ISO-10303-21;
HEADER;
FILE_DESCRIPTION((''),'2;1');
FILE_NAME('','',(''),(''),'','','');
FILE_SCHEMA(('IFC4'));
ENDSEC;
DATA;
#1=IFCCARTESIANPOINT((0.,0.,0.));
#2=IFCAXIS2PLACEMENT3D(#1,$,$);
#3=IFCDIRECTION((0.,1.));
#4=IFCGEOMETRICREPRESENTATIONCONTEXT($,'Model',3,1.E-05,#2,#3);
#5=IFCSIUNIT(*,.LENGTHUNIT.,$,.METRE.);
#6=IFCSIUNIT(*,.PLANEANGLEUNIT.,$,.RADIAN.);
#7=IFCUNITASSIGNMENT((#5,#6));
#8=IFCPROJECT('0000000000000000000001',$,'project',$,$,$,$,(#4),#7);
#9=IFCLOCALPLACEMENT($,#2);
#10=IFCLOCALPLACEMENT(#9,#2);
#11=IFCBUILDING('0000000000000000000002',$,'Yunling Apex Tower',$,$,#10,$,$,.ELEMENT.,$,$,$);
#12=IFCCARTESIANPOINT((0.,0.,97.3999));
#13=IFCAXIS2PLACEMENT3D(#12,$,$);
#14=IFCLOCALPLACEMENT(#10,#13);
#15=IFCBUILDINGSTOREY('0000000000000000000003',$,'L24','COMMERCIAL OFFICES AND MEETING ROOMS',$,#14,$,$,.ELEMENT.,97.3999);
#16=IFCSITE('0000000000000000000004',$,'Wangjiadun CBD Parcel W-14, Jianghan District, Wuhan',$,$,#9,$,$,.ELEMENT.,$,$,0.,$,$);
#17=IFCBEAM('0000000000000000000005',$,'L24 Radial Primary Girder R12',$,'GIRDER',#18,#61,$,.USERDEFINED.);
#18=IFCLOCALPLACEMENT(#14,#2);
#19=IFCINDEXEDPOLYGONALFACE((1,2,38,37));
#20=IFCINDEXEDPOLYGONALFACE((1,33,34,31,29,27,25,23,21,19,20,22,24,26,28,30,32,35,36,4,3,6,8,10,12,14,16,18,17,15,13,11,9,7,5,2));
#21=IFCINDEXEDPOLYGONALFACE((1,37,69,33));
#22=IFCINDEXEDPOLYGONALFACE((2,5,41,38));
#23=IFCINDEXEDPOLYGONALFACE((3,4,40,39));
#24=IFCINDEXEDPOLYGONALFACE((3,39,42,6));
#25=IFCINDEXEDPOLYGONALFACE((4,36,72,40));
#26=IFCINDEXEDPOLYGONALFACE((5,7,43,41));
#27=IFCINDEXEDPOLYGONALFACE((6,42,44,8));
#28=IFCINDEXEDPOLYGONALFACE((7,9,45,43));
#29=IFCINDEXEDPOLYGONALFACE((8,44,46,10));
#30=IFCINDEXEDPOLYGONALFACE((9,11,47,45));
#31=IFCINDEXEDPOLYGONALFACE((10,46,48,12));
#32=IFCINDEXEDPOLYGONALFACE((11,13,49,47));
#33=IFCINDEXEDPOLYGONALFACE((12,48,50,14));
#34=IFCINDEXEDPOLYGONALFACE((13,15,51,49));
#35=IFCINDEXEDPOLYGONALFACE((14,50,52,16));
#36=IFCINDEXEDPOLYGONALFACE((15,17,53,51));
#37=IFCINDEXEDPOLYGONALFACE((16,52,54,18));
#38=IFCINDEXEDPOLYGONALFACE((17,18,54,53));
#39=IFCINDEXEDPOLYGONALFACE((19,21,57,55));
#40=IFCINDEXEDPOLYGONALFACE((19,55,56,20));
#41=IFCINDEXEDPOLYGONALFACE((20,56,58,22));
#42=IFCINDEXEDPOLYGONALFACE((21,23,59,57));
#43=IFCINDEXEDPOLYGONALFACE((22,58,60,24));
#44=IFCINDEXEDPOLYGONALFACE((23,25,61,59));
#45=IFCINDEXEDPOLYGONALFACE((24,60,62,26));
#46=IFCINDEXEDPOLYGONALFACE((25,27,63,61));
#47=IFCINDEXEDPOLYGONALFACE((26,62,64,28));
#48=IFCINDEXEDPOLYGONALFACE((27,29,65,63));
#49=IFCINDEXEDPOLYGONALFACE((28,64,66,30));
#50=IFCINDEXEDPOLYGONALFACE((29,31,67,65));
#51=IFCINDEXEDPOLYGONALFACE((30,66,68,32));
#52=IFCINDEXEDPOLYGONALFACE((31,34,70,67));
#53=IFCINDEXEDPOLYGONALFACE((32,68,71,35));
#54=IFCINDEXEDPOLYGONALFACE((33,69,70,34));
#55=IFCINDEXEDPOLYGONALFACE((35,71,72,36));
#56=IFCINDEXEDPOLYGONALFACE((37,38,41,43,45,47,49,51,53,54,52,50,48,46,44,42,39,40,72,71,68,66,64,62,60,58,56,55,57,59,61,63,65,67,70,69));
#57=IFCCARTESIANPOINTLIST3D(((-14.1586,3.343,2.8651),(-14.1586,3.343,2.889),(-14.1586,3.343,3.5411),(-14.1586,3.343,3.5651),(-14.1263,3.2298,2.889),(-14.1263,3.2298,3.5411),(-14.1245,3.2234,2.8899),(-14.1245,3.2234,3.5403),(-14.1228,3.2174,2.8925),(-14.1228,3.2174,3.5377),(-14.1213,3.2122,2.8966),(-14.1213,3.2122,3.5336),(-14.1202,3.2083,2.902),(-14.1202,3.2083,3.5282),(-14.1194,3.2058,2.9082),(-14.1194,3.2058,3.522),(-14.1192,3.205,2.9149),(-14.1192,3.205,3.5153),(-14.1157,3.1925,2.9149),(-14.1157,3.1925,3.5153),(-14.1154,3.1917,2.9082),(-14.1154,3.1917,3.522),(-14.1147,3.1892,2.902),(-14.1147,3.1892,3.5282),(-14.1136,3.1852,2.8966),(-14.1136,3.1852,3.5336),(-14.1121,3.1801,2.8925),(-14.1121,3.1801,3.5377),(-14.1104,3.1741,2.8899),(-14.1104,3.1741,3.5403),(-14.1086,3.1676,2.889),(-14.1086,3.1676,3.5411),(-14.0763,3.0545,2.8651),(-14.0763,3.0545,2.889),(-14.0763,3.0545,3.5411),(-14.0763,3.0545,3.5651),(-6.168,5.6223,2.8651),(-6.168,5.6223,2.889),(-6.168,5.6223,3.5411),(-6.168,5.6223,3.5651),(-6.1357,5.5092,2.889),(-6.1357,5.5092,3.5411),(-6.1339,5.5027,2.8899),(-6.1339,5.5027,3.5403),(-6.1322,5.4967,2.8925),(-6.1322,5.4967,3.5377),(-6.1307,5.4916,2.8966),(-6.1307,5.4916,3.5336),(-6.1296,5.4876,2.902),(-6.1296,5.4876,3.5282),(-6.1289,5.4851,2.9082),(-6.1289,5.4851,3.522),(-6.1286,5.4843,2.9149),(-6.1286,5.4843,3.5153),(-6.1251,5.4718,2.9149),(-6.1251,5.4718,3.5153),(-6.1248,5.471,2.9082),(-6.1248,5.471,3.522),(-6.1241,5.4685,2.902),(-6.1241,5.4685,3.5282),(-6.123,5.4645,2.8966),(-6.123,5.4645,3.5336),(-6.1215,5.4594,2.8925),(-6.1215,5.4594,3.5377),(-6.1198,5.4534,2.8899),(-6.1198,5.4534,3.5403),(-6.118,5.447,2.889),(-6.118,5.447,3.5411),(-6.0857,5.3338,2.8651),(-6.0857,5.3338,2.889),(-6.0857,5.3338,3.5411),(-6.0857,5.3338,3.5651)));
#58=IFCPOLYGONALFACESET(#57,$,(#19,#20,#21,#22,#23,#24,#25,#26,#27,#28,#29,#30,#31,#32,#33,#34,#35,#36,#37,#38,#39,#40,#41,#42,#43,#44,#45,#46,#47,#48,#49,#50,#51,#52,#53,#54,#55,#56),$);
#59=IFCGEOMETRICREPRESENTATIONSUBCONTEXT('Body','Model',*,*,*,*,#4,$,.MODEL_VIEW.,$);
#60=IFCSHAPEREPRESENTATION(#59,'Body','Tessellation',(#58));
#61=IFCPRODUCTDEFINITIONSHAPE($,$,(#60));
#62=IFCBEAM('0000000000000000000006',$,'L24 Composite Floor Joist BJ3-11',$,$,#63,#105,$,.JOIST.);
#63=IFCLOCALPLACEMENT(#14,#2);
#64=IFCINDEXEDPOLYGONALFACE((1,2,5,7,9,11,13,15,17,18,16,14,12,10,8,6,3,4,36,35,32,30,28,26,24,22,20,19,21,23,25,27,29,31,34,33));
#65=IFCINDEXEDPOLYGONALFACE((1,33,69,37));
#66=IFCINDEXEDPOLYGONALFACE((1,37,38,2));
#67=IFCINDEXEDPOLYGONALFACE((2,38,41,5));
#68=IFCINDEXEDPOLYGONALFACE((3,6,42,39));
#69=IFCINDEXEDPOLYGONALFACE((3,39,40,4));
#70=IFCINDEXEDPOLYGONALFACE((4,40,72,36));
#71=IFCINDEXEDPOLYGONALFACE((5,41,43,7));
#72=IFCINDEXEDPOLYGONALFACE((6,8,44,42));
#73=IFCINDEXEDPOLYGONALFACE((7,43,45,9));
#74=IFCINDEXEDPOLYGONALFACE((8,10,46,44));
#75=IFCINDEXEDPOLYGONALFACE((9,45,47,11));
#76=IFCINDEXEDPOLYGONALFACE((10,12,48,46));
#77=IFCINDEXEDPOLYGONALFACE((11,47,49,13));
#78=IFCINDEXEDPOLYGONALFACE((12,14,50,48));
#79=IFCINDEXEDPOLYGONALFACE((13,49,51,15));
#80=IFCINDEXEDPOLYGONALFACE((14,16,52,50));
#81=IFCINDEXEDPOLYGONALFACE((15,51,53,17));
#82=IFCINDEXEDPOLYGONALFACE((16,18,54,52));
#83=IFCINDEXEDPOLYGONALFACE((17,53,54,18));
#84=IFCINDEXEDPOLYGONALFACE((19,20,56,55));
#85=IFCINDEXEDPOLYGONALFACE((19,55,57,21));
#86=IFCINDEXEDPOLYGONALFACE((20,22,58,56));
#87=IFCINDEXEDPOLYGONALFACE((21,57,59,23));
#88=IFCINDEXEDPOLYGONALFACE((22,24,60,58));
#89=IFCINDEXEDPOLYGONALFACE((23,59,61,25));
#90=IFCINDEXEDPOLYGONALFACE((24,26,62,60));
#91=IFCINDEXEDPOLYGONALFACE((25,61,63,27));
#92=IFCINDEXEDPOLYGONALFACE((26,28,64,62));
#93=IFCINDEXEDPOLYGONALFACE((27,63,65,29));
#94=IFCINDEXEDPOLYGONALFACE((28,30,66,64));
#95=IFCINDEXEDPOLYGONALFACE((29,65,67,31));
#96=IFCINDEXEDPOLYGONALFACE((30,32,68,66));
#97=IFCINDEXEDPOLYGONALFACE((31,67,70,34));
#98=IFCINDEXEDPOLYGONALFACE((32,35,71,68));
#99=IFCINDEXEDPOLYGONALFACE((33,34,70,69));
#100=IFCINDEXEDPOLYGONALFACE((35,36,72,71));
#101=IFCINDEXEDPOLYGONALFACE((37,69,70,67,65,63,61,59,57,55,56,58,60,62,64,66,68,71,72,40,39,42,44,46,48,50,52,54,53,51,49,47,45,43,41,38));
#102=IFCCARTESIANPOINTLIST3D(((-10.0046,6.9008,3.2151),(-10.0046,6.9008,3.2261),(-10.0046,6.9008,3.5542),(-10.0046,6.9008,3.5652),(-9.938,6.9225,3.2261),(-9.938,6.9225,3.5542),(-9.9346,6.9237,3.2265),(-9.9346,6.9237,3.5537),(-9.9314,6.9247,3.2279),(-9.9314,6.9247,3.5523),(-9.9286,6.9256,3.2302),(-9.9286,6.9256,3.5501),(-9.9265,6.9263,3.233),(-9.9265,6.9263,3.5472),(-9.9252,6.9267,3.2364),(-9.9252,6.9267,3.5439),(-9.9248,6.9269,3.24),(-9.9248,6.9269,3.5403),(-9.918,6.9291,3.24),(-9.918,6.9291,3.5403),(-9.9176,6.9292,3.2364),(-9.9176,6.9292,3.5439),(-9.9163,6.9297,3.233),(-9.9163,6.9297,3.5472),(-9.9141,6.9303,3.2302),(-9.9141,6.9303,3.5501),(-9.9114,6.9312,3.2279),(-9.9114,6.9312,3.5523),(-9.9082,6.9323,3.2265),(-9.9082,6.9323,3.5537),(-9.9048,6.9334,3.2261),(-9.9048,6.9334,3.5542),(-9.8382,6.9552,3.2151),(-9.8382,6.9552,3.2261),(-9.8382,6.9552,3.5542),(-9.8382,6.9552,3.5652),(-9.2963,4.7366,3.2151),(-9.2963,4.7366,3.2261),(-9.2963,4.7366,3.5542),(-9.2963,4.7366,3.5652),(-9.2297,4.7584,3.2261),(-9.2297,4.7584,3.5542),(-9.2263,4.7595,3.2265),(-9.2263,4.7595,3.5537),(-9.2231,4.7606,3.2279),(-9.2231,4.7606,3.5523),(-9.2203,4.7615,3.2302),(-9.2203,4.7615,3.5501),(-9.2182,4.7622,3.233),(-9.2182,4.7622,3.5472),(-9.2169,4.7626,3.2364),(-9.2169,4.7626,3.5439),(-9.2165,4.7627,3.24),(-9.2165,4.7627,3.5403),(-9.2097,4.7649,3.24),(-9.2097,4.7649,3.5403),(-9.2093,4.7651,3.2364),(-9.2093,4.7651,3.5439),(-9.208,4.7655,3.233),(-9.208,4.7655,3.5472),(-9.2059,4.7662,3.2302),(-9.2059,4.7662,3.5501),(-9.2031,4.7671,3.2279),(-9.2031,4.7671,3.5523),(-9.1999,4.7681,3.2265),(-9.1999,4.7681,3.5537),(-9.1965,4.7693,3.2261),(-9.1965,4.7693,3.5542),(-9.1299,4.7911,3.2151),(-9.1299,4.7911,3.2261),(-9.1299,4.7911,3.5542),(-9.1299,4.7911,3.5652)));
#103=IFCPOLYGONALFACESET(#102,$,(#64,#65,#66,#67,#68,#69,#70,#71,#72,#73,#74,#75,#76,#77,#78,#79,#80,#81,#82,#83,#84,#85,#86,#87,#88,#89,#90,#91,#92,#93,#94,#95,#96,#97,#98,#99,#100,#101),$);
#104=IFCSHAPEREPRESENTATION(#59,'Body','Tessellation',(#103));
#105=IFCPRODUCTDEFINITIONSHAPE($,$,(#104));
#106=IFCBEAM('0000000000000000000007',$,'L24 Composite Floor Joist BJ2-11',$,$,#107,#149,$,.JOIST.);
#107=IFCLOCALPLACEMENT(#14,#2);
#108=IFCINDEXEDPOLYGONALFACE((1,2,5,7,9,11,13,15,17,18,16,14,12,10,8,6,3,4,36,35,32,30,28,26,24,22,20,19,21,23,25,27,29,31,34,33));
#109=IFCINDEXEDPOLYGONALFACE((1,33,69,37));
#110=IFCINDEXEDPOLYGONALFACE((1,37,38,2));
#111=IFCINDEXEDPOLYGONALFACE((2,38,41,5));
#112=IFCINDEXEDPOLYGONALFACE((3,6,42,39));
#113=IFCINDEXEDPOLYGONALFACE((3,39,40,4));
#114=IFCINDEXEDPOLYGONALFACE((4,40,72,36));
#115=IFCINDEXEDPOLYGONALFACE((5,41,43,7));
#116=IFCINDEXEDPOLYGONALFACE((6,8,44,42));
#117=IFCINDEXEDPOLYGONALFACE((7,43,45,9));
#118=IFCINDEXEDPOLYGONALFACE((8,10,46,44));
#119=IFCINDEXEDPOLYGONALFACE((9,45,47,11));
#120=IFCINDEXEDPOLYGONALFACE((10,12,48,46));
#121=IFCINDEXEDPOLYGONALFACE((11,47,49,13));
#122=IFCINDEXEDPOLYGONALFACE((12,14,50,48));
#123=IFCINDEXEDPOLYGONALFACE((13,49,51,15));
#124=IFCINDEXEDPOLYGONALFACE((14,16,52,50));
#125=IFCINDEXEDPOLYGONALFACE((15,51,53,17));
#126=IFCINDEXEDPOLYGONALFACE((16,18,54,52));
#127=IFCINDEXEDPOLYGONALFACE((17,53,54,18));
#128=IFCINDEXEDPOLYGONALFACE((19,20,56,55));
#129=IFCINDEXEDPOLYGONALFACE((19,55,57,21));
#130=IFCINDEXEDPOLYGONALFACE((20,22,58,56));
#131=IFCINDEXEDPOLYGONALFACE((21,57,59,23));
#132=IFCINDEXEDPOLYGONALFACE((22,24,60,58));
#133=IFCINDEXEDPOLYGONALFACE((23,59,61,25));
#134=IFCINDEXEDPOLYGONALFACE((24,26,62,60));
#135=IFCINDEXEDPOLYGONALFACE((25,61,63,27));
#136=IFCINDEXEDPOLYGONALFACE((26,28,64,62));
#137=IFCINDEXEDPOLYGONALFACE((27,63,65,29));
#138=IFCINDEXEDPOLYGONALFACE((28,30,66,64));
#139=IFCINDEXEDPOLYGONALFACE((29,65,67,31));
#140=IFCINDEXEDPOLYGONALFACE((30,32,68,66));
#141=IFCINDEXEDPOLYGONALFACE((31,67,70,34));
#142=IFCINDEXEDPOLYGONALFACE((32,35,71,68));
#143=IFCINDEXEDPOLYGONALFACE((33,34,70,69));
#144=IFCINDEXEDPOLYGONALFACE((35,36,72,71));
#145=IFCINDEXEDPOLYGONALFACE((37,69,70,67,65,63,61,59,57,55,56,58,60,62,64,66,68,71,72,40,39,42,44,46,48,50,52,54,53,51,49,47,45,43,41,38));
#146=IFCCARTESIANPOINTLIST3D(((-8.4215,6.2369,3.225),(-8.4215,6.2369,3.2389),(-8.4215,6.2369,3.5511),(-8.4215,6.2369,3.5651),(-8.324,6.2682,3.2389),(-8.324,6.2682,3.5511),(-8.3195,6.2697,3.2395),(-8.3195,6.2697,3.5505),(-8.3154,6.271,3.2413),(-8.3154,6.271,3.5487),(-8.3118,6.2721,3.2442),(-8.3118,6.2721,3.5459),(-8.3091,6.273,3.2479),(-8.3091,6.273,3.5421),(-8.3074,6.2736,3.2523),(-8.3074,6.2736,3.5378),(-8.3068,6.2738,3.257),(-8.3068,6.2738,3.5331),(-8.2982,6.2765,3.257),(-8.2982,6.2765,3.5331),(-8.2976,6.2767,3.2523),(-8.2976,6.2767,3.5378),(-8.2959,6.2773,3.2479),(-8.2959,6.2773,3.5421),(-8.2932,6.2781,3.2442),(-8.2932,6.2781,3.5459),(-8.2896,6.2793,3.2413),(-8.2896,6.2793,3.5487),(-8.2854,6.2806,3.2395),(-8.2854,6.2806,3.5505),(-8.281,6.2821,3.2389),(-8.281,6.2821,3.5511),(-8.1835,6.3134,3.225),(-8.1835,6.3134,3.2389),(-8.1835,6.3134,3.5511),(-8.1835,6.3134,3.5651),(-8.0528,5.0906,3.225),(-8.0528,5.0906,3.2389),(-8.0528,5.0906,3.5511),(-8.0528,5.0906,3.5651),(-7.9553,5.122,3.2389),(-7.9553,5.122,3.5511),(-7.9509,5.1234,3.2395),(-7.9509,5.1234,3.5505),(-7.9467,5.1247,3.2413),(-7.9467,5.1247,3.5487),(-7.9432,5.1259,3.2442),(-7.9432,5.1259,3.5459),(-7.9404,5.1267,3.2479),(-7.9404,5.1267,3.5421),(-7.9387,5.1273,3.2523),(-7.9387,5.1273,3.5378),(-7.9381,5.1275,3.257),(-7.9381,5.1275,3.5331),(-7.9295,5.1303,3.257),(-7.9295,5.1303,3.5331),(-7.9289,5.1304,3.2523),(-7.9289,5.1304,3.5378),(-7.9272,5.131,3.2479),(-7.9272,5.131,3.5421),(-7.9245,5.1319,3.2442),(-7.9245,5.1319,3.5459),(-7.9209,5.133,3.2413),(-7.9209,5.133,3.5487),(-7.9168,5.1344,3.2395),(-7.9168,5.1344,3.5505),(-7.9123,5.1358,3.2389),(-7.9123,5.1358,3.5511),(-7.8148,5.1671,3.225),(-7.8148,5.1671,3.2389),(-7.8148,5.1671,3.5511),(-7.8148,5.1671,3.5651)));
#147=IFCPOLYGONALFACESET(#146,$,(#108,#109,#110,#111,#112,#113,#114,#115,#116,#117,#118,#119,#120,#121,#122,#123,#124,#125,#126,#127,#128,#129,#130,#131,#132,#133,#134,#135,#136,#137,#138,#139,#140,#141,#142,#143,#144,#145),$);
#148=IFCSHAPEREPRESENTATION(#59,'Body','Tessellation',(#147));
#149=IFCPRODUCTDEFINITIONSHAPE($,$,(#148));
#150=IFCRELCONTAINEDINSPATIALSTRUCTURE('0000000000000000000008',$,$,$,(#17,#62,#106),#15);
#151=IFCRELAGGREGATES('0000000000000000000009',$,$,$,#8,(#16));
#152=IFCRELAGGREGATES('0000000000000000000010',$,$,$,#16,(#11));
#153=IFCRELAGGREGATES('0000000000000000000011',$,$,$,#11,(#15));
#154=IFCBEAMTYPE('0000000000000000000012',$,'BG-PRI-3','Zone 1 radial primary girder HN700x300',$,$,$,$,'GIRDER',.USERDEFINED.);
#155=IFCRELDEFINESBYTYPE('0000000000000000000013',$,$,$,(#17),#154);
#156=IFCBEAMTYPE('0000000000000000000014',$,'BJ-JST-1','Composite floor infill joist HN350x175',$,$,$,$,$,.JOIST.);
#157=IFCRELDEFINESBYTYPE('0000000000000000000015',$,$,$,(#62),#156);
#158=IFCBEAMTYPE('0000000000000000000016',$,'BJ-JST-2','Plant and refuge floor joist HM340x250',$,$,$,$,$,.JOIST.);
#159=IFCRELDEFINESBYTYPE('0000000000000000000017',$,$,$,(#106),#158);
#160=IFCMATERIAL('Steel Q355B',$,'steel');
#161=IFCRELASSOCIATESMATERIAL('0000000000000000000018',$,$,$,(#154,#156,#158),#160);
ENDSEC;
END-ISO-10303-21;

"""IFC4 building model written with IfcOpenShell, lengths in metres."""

from ifc_helpers import new_model, si_unit, direction, frame, origin, origin_2d, place, context, subcontext, project, spatial, i_section, extrude, source, transform, mapped, material, material_profile, profile_set, type_object, element, save


model = new_model("IFC4")

# Units and contexts
model_context = context("Model", 3, precision=1e-05, world=origin(), true_north=direction((0.0, 1.0)))
body_context = subcontext(model_context, "Body", "Model", "MODEL_VIEW")
ifc_project = project(units=[si_unit("LENGTHUNIT", "METRE"), si_unit("PLANEANGLEUNIT", "RADIAN")], contexts=[model_context])

# Site, building, storey
site_placement = place(None, origin())
site = spatial("IfcSite", under=ifc_project, at=site_placement, Name="Wangjiadun CBD Parcel W-14, Jianghan District, Wuhan", CompositionType="ELEMENT", RefElevation=0.0)
building_placement = place(site_placement, origin())
building = spatial("IfcBuilding", under=site, at=building_placement, Name="Yunling Apex Tower", CompositionType="ELEMENT")
storey_placement = place(building_placement, frame((0.0, 0.0, 97.3999)))
storey = spatial("IfcBuildingStorey", under=building, at=storey_placement, Name="L24", Description="COMMERCIAL OFFICES AND MEETING ROOMS", CompositionType="ELEMENT", Elevation=97.3999)

# Beams
ifc_material_1 = material(Name="Steel Q355B", Category="steel")
ifc_material_profile_1 = material_profile(ifc_material_1, i_section(OverallWidth=0.3, OverallDepth=0.7, WebThickness=0.0129, FlangeThickness=0.0239, FilletRadius=0.0259, at=origin_2d()))
ifc_profile_set_1 = profile_set([ifc_material_profile_1], Name="Steel Q355B")
beam_type_1 = type_object("IfcBeamType", Name="BG-PRI-3", Description="Zone 1 radial primary girder HN700x300", ElementType="GIRDER", PredefinedType="USERDEFINED", material=ifc_profile_set_1)
shared_shape_1 = source(origin(), body_context, "Body", "SweptSolid", [
    extrude(i_section(OverallWidth=0.3, OverallDepth=0.7, WebThickness=0.0129, FlangeThickness=0.0239, FilletRadius=0.0259, at=origin_2d()), origin(), (0.0, 0.0, 1.0), 8.3093),
])
beam_1_placement = place(storey_placement, frame((-14.1174, 3.1987, 3.2151), z_axis=(0.961641, 0.27431, 0.0), x_axis=(-0.27431, 0.961641, 0.0)))
element("IfcBeam", 1, at=beam_1_placement, inside=storey, type_object=beam_type_1, Name="L24 Radial Primary Girder R12", ObjectType="GIRDER", PredefinedType="USERDEFINED", context=body_context, shape_type="MappedRepresentation", body=[
    mapped(shared_shape_1, transform((0.0, 0.0, 0.0), scale=1.0)),
])
ifc_material_profile_2 = material_profile(ifc_material_1, i_section(OverallWidth=0.175, OverallDepth=0.3501, WebThickness=0.0071, FlangeThickness=0.011, FilletRadius=0.0139, at=origin_2d()))
ifc_profile_set_2 = profile_set([ifc_material_profile_2], Name="Steel Q355B")
beam_type_2 = type_object("IfcBeamType", Name="BJ-JST-1", Description="Composite floor infill joist HN350x175", PredefinedType="JOIST", material=ifc_profile_set_2)
shared_shape_2 = source(origin(), body_context, "Body", "SweptSolid", [
    extrude(i_section(OverallWidth=0.175, OverallDepth=0.3501, WebThickness=0.0071, FlangeThickness=0.011, FilletRadius=0.0139, at=origin_2d()), origin(), (0.0, 0.0, 1.0), 2.2771),
])
beam_2_placement = place(storey_placement, frame((-9.9214, 6.928, 3.3901), z_axis=(0.311044, -0.950395, 0.0), x_axis=(0.950395, 0.311044, 0.0)))
element("IfcBeam", 2, at=beam_2_placement, inside=storey, type_object=beam_type_2, Name="L24 Composite Floor Joist BJ3-11", PredefinedType="JOIST", context=body_context, shape_type="MappedRepresentation", body=[
    mapped(shared_shape_2, transform((0.0, 0.0, 0.0), scale=1.0)),
])
ifc_material_profile_3 = material_profile(ifc_material_1, i_section(OverallWidth=0.25, OverallDepth=0.3401, WebThickness=0.009, FlangeThickness=0.0139, FilletRadius=0.0181, at=origin_2d()))
ifc_profile_set_3 = profile_set([ifc_material_profile_3], Name="Steel Q355B")
beam_type_3 = type_object("IfcBeamType", Name="BJ-JST-2", Description="Plant and refuge floor joist HM340x250", PredefinedType="JOIST", material=ifc_profile_set_3)
shared_shape_3 = source(origin(), body_context, "Body", "SweptSolid", [
    extrude(i_section(OverallWidth=0.25, OverallDepth=0.3401, WebThickness=0.009, FlangeThickness=0.0139, FilletRadius=0.0181, at=origin_2d()), origin(), (0.0, 0.0, 1.0), 1.2041),
])
beam_3_placement = place(storey_placement, frame((-8.3025, 6.2751, 3.395), z_axis=(0.306173, -0.951976, 0.0), x_axis=(0.951976, 0.306173, 0.0)))
element("IfcBeam", 3, at=beam_3_placement, inside=storey, type_object=beam_type_3, Name="L24 Composite Floor Joist BJ2-11", PredefinedType="JOIST", context=body_context, shape_type="MappedRepresentation", body=[
    mapped(shared_shape_3, transform((0.0, 0.0, 0.0), scale=1.0)),
])

save(model, "model.ifc")
